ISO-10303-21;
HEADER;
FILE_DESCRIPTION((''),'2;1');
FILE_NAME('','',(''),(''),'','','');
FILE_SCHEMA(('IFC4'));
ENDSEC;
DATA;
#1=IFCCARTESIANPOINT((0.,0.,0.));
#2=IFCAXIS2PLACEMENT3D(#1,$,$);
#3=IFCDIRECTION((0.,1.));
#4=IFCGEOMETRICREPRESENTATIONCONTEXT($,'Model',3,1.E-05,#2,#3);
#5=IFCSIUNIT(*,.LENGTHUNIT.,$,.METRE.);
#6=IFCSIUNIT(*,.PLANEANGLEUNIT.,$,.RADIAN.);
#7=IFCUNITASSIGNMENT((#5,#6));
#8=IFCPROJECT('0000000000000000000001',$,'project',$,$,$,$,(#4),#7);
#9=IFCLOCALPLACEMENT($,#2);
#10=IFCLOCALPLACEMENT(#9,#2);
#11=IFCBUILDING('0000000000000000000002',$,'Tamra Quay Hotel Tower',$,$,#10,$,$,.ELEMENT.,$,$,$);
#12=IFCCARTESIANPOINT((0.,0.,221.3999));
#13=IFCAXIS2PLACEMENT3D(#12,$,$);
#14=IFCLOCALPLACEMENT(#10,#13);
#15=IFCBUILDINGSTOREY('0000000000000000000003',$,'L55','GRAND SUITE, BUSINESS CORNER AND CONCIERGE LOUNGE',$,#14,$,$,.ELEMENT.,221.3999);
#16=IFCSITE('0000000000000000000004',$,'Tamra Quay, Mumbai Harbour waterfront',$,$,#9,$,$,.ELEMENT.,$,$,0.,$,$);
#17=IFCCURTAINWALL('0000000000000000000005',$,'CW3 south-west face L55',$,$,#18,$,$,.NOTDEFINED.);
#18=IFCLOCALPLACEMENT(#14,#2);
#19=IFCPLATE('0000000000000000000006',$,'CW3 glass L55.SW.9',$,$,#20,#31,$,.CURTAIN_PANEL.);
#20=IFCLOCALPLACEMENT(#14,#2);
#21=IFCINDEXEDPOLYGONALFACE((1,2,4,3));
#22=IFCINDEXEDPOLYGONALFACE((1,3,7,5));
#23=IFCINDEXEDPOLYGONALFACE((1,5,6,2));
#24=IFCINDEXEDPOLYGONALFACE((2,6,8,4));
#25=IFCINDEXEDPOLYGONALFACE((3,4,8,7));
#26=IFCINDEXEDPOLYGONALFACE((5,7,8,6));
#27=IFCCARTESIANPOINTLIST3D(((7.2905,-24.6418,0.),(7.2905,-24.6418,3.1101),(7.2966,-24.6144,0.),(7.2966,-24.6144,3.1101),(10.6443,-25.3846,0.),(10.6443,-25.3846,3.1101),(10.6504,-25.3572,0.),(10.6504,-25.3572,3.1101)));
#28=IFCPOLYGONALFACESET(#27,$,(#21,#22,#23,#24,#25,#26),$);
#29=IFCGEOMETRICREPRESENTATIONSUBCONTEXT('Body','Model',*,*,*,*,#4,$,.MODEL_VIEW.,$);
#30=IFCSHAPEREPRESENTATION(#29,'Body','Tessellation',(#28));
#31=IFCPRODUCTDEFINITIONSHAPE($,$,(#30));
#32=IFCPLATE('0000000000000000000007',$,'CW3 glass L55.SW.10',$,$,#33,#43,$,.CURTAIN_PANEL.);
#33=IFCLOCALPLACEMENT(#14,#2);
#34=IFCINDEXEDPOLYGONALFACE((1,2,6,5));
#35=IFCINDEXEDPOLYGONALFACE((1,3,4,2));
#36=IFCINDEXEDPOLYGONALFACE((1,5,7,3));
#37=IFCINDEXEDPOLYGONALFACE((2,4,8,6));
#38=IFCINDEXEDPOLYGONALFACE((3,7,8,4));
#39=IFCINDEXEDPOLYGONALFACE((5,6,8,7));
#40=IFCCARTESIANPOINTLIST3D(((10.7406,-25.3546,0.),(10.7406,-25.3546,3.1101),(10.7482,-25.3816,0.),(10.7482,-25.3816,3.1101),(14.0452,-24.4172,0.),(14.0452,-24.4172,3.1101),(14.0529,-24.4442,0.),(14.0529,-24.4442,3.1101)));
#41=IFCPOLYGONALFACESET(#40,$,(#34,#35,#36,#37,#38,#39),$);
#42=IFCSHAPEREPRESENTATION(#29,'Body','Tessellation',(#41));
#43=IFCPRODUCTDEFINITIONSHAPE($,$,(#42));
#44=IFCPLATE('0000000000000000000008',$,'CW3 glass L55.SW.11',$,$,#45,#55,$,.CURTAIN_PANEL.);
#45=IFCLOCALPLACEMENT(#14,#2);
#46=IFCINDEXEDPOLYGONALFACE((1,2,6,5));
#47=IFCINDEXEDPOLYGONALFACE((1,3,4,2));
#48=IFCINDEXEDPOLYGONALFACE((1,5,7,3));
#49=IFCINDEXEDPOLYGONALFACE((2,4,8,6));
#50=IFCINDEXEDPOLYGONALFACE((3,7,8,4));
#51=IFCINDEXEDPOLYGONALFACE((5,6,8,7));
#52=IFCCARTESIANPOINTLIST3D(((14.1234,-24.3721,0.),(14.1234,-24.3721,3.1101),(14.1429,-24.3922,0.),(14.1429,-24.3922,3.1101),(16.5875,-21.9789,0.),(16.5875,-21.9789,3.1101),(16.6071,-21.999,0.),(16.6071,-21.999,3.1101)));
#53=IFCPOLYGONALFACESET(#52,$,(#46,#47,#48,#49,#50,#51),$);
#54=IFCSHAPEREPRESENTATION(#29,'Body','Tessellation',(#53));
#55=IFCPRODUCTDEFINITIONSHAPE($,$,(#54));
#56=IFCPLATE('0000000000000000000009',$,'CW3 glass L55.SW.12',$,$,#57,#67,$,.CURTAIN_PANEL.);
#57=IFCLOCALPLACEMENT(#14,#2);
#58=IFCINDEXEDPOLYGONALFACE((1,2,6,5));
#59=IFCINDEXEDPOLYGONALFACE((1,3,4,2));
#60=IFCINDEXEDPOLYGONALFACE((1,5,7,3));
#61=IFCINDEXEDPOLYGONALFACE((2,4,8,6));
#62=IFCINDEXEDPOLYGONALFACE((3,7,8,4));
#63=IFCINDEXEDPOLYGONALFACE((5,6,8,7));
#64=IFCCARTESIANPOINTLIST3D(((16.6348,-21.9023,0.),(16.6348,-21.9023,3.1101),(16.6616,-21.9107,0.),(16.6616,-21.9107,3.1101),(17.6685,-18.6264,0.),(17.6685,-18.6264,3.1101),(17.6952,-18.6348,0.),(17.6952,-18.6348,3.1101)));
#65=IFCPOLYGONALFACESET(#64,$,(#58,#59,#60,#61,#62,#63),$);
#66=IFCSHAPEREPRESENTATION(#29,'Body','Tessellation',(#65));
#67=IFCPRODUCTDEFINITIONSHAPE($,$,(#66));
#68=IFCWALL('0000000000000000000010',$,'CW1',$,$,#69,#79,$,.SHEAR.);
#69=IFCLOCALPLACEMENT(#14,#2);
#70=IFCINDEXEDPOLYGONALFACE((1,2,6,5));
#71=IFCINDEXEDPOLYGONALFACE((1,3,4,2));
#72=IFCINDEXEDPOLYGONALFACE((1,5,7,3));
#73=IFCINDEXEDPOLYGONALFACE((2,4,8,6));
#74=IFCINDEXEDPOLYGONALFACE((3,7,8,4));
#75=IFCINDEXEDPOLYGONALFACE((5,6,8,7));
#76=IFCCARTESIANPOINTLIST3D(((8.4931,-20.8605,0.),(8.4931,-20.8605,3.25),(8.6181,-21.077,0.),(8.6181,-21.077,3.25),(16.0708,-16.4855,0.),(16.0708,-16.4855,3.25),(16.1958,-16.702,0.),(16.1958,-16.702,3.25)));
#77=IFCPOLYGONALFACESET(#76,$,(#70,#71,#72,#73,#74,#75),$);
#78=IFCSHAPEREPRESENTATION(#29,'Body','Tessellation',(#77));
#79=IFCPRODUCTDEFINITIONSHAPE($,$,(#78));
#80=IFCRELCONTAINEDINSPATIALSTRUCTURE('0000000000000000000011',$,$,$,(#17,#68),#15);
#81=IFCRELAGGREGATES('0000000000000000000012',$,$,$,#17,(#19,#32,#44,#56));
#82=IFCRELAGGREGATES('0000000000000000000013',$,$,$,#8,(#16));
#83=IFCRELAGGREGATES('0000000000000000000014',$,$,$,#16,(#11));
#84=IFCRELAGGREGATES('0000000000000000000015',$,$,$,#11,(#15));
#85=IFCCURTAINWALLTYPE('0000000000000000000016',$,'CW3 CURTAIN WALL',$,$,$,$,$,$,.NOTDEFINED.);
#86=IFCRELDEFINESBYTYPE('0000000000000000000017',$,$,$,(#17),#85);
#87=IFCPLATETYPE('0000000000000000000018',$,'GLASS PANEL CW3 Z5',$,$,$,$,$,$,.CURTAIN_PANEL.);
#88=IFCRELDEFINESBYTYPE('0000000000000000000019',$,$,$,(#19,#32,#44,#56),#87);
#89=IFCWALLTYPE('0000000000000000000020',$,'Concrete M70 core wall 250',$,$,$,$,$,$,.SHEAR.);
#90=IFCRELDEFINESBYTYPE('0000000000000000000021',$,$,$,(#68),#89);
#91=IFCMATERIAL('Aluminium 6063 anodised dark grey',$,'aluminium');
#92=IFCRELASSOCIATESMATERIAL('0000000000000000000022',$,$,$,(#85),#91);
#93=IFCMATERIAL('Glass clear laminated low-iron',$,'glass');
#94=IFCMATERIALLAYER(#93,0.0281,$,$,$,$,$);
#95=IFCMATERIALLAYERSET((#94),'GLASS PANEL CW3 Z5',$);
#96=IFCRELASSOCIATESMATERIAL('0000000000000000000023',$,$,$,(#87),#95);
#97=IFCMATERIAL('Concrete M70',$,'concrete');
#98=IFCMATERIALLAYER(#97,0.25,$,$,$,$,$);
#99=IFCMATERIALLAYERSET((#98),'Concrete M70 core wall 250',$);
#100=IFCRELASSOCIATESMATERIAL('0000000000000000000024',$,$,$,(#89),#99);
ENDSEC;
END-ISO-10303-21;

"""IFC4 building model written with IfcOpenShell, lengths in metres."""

from ifc_helpers import new_model, si_unit, direction, frame, frame_2d, origin, origin_2d, place, context, subcontext, project, spatial, rectangle, extrude, material, layer, layer_set, type_object, element, aggregate, save


model = new_model("IFC4")

# Units and contexts
model_context = context("Model", 3, precision=1e-05, world=origin(), true_north=direction((0.0, 1.0)))
body_context = subcontext(model_context, "Body", "Model", "MODEL_VIEW")
ifc_project = project(units=[si_unit("LENGTHUNIT", "METRE"), si_unit("PLANEANGLEUNIT", "RADIAN")], contexts=[model_context])

# Site, building, storey
site_placement = place(None, origin())
site = spatial("IfcSite", under=ifc_project, at=site_placement, Name="Tamra Quay, Mumbai Harbour waterfront", CompositionType="ELEMENT", RefElevation=0.0)
building_placement = place(site_placement, origin())
building = spatial("IfcBuilding", under=site, at=building_placement, Name="Tamra Quay Hotel Tower", CompositionType="ELEMENT")
storey_placement = place(building_placement, frame((0.0, 0.0, 221.3999)))
storey = spatial("IfcBuildingStorey", under=building, at=storey_placement, Name="L55", Description="GRAND SUITE, BUSINESS CORNER AND CONCIERGE LOUNGE", CompositionType="ELEMENT", Elevation=221.3999)

# Shared definitions
ifc_material_1 = material(Name="Concrete M70", Category="concrete")

# Shared definitions
ifc_material_2 = material(Name="Aluminium 6063 anodised dark grey", Category="aluminium")

# Curtain wall
curtain_wall_type_1 = type_object("IfcCurtainWallType", Name="CW3 CURTAIN WALL", PredefinedType="NOTDEFINED", material=ifc_material_2)
curtain_wall_1_placement = place(storey_placement, origin())
curtain_wall_1 = element("IfcCurtainWall", 1, at=curtain_wall_1_placement, inside=storey, type_object=curtain_wall_type_1, Name="CW3 south-west face L55", PredefinedType="NOTDEFINED")

# Plates
ifc_material_3 = material(Name="Glass clear laminated low-iron", Category="glass")
ifc_layer_1 = layer(ifc_material_3, 0.0281)
ifc_layer_set_1 = layer_set([ifc_layer_1], Name="GLASS PANEL CW3 Z5")
plate_type_1 = type_object("IfcPlateType", Name="GLASS PANEL CW3 Z5", PredefinedType="CURTAIN_PANEL", material=ifc_layer_set_1)
plate_1_placement = place(storey_placement, frame((8.9705, -24.9995, 0.0), z_axis=(0.0, 0.0, 1.0), x_axis=(0.976341, -0.216238, 0.0)))
plate_1 = element("IfcPlate", 2, at=plate_1_placement, type_object=plate_type_1, Name="CW3 glass L55.SW.9", PredefinedType="CURTAIN_PANEL", context=body_context, shape_type="SweptSolid", body=[
    extrude(rectangle(XDim=3.4351, YDim=0.0281, at=origin_2d()), origin(), (0.0, 0.0, 1.0), 3.1101),
])
plate_2_placement = place(storey_placement, frame((12.3967, -24.8994, 0.0), z_axis=(0.0, 0.0, 1.0), x_axis=(0.962041, 0.272906, 0.0)))
plate_2 = element("IfcPlate", 3, at=plate_2_placement, type_object=plate_type_1, Name="CW3 glass L55.SW.10", PredefinedType="CURTAIN_PANEL", context=body_context, shape_type="SweptSolid", body=[
    extrude(rectangle(XDim=3.4351, YDim=0.0281, at=origin_2d()), origin(), (0.0, 0.0, 1.0), 3.1101),
])
plate_3_placement = place(storey_placement, frame((15.3652, -23.1855, 0.0), z_axis=(0.0, 0.0, 1.0), x_axis=(0.717364, 0.696698, 0.0)))
plate_3 = element("IfcPlate", 4, at=plate_3_placement, type_object=plate_type_1, Name="CW3 glass L55.SW.11", PredefinedType="CURTAIN_PANEL", context=body_context, shape_type="SweptSolid", body=[
    extrude(rectangle(XDim=3.4351, YDim=0.0281, at=origin_2d()), origin(), (0.0, 0.0, 1.0), 3.1101),
])
plate_4_placement = place(storey_placement, frame((17.165, -20.2686, 0.0), z_axis=(0.0, 0.0, 1.0), x_axis=(0.300903, 0.953655, 0.0)))
plate_4 = element("IfcPlate", 5, at=plate_4_placement, type_object=plate_type_1, Name="CW3 glass L55.SW.12", PredefinedType="CURTAIN_PANEL", context=body_context, shape_type="SweptSolid", body=[
    extrude(rectangle(XDim=3.4351, YDim=0.0281, at=origin_2d()), origin(), (0.0, 0.0, 1.0), 3.1101),
])
aggregate(curtain_wall_1, [plate_1, plate_2, plate_3, plate_4])

# Wall
ifc_layer_2 = layer(ifc_material_1, 0.25)
ifc_layer_set_2 = layer_set([ifc_layer_2], Name="Concrete M70 core wall 250")
wall_type = type_object("IfcWallType", Name="Concrete M70 core wall 250", PredefinedType="SHEAR", material=ifc_layer_set_2)
wall_placement = place(storey_placement, frame((16.1333, -16.5938, 0.0), z_axis=(0.0, 0.0, 1.0), x_axis=(-0.866023, -0.500004, 0.0)))
element("IfcWall", 6, at=wall_placement, inside=storey, type_object=wall_type, Name="CW1", PredefinedType="SHEAR", context=body_context, shape_type="SweptSolid", body=[
    extrude(rectangle(XDim=8.75, YDim=0.25, at=frame_2d((4.375, 0.0))), origin(), (0.0, 0.0, 1.0), 3.25),
])

save(model, "model.ifc")
